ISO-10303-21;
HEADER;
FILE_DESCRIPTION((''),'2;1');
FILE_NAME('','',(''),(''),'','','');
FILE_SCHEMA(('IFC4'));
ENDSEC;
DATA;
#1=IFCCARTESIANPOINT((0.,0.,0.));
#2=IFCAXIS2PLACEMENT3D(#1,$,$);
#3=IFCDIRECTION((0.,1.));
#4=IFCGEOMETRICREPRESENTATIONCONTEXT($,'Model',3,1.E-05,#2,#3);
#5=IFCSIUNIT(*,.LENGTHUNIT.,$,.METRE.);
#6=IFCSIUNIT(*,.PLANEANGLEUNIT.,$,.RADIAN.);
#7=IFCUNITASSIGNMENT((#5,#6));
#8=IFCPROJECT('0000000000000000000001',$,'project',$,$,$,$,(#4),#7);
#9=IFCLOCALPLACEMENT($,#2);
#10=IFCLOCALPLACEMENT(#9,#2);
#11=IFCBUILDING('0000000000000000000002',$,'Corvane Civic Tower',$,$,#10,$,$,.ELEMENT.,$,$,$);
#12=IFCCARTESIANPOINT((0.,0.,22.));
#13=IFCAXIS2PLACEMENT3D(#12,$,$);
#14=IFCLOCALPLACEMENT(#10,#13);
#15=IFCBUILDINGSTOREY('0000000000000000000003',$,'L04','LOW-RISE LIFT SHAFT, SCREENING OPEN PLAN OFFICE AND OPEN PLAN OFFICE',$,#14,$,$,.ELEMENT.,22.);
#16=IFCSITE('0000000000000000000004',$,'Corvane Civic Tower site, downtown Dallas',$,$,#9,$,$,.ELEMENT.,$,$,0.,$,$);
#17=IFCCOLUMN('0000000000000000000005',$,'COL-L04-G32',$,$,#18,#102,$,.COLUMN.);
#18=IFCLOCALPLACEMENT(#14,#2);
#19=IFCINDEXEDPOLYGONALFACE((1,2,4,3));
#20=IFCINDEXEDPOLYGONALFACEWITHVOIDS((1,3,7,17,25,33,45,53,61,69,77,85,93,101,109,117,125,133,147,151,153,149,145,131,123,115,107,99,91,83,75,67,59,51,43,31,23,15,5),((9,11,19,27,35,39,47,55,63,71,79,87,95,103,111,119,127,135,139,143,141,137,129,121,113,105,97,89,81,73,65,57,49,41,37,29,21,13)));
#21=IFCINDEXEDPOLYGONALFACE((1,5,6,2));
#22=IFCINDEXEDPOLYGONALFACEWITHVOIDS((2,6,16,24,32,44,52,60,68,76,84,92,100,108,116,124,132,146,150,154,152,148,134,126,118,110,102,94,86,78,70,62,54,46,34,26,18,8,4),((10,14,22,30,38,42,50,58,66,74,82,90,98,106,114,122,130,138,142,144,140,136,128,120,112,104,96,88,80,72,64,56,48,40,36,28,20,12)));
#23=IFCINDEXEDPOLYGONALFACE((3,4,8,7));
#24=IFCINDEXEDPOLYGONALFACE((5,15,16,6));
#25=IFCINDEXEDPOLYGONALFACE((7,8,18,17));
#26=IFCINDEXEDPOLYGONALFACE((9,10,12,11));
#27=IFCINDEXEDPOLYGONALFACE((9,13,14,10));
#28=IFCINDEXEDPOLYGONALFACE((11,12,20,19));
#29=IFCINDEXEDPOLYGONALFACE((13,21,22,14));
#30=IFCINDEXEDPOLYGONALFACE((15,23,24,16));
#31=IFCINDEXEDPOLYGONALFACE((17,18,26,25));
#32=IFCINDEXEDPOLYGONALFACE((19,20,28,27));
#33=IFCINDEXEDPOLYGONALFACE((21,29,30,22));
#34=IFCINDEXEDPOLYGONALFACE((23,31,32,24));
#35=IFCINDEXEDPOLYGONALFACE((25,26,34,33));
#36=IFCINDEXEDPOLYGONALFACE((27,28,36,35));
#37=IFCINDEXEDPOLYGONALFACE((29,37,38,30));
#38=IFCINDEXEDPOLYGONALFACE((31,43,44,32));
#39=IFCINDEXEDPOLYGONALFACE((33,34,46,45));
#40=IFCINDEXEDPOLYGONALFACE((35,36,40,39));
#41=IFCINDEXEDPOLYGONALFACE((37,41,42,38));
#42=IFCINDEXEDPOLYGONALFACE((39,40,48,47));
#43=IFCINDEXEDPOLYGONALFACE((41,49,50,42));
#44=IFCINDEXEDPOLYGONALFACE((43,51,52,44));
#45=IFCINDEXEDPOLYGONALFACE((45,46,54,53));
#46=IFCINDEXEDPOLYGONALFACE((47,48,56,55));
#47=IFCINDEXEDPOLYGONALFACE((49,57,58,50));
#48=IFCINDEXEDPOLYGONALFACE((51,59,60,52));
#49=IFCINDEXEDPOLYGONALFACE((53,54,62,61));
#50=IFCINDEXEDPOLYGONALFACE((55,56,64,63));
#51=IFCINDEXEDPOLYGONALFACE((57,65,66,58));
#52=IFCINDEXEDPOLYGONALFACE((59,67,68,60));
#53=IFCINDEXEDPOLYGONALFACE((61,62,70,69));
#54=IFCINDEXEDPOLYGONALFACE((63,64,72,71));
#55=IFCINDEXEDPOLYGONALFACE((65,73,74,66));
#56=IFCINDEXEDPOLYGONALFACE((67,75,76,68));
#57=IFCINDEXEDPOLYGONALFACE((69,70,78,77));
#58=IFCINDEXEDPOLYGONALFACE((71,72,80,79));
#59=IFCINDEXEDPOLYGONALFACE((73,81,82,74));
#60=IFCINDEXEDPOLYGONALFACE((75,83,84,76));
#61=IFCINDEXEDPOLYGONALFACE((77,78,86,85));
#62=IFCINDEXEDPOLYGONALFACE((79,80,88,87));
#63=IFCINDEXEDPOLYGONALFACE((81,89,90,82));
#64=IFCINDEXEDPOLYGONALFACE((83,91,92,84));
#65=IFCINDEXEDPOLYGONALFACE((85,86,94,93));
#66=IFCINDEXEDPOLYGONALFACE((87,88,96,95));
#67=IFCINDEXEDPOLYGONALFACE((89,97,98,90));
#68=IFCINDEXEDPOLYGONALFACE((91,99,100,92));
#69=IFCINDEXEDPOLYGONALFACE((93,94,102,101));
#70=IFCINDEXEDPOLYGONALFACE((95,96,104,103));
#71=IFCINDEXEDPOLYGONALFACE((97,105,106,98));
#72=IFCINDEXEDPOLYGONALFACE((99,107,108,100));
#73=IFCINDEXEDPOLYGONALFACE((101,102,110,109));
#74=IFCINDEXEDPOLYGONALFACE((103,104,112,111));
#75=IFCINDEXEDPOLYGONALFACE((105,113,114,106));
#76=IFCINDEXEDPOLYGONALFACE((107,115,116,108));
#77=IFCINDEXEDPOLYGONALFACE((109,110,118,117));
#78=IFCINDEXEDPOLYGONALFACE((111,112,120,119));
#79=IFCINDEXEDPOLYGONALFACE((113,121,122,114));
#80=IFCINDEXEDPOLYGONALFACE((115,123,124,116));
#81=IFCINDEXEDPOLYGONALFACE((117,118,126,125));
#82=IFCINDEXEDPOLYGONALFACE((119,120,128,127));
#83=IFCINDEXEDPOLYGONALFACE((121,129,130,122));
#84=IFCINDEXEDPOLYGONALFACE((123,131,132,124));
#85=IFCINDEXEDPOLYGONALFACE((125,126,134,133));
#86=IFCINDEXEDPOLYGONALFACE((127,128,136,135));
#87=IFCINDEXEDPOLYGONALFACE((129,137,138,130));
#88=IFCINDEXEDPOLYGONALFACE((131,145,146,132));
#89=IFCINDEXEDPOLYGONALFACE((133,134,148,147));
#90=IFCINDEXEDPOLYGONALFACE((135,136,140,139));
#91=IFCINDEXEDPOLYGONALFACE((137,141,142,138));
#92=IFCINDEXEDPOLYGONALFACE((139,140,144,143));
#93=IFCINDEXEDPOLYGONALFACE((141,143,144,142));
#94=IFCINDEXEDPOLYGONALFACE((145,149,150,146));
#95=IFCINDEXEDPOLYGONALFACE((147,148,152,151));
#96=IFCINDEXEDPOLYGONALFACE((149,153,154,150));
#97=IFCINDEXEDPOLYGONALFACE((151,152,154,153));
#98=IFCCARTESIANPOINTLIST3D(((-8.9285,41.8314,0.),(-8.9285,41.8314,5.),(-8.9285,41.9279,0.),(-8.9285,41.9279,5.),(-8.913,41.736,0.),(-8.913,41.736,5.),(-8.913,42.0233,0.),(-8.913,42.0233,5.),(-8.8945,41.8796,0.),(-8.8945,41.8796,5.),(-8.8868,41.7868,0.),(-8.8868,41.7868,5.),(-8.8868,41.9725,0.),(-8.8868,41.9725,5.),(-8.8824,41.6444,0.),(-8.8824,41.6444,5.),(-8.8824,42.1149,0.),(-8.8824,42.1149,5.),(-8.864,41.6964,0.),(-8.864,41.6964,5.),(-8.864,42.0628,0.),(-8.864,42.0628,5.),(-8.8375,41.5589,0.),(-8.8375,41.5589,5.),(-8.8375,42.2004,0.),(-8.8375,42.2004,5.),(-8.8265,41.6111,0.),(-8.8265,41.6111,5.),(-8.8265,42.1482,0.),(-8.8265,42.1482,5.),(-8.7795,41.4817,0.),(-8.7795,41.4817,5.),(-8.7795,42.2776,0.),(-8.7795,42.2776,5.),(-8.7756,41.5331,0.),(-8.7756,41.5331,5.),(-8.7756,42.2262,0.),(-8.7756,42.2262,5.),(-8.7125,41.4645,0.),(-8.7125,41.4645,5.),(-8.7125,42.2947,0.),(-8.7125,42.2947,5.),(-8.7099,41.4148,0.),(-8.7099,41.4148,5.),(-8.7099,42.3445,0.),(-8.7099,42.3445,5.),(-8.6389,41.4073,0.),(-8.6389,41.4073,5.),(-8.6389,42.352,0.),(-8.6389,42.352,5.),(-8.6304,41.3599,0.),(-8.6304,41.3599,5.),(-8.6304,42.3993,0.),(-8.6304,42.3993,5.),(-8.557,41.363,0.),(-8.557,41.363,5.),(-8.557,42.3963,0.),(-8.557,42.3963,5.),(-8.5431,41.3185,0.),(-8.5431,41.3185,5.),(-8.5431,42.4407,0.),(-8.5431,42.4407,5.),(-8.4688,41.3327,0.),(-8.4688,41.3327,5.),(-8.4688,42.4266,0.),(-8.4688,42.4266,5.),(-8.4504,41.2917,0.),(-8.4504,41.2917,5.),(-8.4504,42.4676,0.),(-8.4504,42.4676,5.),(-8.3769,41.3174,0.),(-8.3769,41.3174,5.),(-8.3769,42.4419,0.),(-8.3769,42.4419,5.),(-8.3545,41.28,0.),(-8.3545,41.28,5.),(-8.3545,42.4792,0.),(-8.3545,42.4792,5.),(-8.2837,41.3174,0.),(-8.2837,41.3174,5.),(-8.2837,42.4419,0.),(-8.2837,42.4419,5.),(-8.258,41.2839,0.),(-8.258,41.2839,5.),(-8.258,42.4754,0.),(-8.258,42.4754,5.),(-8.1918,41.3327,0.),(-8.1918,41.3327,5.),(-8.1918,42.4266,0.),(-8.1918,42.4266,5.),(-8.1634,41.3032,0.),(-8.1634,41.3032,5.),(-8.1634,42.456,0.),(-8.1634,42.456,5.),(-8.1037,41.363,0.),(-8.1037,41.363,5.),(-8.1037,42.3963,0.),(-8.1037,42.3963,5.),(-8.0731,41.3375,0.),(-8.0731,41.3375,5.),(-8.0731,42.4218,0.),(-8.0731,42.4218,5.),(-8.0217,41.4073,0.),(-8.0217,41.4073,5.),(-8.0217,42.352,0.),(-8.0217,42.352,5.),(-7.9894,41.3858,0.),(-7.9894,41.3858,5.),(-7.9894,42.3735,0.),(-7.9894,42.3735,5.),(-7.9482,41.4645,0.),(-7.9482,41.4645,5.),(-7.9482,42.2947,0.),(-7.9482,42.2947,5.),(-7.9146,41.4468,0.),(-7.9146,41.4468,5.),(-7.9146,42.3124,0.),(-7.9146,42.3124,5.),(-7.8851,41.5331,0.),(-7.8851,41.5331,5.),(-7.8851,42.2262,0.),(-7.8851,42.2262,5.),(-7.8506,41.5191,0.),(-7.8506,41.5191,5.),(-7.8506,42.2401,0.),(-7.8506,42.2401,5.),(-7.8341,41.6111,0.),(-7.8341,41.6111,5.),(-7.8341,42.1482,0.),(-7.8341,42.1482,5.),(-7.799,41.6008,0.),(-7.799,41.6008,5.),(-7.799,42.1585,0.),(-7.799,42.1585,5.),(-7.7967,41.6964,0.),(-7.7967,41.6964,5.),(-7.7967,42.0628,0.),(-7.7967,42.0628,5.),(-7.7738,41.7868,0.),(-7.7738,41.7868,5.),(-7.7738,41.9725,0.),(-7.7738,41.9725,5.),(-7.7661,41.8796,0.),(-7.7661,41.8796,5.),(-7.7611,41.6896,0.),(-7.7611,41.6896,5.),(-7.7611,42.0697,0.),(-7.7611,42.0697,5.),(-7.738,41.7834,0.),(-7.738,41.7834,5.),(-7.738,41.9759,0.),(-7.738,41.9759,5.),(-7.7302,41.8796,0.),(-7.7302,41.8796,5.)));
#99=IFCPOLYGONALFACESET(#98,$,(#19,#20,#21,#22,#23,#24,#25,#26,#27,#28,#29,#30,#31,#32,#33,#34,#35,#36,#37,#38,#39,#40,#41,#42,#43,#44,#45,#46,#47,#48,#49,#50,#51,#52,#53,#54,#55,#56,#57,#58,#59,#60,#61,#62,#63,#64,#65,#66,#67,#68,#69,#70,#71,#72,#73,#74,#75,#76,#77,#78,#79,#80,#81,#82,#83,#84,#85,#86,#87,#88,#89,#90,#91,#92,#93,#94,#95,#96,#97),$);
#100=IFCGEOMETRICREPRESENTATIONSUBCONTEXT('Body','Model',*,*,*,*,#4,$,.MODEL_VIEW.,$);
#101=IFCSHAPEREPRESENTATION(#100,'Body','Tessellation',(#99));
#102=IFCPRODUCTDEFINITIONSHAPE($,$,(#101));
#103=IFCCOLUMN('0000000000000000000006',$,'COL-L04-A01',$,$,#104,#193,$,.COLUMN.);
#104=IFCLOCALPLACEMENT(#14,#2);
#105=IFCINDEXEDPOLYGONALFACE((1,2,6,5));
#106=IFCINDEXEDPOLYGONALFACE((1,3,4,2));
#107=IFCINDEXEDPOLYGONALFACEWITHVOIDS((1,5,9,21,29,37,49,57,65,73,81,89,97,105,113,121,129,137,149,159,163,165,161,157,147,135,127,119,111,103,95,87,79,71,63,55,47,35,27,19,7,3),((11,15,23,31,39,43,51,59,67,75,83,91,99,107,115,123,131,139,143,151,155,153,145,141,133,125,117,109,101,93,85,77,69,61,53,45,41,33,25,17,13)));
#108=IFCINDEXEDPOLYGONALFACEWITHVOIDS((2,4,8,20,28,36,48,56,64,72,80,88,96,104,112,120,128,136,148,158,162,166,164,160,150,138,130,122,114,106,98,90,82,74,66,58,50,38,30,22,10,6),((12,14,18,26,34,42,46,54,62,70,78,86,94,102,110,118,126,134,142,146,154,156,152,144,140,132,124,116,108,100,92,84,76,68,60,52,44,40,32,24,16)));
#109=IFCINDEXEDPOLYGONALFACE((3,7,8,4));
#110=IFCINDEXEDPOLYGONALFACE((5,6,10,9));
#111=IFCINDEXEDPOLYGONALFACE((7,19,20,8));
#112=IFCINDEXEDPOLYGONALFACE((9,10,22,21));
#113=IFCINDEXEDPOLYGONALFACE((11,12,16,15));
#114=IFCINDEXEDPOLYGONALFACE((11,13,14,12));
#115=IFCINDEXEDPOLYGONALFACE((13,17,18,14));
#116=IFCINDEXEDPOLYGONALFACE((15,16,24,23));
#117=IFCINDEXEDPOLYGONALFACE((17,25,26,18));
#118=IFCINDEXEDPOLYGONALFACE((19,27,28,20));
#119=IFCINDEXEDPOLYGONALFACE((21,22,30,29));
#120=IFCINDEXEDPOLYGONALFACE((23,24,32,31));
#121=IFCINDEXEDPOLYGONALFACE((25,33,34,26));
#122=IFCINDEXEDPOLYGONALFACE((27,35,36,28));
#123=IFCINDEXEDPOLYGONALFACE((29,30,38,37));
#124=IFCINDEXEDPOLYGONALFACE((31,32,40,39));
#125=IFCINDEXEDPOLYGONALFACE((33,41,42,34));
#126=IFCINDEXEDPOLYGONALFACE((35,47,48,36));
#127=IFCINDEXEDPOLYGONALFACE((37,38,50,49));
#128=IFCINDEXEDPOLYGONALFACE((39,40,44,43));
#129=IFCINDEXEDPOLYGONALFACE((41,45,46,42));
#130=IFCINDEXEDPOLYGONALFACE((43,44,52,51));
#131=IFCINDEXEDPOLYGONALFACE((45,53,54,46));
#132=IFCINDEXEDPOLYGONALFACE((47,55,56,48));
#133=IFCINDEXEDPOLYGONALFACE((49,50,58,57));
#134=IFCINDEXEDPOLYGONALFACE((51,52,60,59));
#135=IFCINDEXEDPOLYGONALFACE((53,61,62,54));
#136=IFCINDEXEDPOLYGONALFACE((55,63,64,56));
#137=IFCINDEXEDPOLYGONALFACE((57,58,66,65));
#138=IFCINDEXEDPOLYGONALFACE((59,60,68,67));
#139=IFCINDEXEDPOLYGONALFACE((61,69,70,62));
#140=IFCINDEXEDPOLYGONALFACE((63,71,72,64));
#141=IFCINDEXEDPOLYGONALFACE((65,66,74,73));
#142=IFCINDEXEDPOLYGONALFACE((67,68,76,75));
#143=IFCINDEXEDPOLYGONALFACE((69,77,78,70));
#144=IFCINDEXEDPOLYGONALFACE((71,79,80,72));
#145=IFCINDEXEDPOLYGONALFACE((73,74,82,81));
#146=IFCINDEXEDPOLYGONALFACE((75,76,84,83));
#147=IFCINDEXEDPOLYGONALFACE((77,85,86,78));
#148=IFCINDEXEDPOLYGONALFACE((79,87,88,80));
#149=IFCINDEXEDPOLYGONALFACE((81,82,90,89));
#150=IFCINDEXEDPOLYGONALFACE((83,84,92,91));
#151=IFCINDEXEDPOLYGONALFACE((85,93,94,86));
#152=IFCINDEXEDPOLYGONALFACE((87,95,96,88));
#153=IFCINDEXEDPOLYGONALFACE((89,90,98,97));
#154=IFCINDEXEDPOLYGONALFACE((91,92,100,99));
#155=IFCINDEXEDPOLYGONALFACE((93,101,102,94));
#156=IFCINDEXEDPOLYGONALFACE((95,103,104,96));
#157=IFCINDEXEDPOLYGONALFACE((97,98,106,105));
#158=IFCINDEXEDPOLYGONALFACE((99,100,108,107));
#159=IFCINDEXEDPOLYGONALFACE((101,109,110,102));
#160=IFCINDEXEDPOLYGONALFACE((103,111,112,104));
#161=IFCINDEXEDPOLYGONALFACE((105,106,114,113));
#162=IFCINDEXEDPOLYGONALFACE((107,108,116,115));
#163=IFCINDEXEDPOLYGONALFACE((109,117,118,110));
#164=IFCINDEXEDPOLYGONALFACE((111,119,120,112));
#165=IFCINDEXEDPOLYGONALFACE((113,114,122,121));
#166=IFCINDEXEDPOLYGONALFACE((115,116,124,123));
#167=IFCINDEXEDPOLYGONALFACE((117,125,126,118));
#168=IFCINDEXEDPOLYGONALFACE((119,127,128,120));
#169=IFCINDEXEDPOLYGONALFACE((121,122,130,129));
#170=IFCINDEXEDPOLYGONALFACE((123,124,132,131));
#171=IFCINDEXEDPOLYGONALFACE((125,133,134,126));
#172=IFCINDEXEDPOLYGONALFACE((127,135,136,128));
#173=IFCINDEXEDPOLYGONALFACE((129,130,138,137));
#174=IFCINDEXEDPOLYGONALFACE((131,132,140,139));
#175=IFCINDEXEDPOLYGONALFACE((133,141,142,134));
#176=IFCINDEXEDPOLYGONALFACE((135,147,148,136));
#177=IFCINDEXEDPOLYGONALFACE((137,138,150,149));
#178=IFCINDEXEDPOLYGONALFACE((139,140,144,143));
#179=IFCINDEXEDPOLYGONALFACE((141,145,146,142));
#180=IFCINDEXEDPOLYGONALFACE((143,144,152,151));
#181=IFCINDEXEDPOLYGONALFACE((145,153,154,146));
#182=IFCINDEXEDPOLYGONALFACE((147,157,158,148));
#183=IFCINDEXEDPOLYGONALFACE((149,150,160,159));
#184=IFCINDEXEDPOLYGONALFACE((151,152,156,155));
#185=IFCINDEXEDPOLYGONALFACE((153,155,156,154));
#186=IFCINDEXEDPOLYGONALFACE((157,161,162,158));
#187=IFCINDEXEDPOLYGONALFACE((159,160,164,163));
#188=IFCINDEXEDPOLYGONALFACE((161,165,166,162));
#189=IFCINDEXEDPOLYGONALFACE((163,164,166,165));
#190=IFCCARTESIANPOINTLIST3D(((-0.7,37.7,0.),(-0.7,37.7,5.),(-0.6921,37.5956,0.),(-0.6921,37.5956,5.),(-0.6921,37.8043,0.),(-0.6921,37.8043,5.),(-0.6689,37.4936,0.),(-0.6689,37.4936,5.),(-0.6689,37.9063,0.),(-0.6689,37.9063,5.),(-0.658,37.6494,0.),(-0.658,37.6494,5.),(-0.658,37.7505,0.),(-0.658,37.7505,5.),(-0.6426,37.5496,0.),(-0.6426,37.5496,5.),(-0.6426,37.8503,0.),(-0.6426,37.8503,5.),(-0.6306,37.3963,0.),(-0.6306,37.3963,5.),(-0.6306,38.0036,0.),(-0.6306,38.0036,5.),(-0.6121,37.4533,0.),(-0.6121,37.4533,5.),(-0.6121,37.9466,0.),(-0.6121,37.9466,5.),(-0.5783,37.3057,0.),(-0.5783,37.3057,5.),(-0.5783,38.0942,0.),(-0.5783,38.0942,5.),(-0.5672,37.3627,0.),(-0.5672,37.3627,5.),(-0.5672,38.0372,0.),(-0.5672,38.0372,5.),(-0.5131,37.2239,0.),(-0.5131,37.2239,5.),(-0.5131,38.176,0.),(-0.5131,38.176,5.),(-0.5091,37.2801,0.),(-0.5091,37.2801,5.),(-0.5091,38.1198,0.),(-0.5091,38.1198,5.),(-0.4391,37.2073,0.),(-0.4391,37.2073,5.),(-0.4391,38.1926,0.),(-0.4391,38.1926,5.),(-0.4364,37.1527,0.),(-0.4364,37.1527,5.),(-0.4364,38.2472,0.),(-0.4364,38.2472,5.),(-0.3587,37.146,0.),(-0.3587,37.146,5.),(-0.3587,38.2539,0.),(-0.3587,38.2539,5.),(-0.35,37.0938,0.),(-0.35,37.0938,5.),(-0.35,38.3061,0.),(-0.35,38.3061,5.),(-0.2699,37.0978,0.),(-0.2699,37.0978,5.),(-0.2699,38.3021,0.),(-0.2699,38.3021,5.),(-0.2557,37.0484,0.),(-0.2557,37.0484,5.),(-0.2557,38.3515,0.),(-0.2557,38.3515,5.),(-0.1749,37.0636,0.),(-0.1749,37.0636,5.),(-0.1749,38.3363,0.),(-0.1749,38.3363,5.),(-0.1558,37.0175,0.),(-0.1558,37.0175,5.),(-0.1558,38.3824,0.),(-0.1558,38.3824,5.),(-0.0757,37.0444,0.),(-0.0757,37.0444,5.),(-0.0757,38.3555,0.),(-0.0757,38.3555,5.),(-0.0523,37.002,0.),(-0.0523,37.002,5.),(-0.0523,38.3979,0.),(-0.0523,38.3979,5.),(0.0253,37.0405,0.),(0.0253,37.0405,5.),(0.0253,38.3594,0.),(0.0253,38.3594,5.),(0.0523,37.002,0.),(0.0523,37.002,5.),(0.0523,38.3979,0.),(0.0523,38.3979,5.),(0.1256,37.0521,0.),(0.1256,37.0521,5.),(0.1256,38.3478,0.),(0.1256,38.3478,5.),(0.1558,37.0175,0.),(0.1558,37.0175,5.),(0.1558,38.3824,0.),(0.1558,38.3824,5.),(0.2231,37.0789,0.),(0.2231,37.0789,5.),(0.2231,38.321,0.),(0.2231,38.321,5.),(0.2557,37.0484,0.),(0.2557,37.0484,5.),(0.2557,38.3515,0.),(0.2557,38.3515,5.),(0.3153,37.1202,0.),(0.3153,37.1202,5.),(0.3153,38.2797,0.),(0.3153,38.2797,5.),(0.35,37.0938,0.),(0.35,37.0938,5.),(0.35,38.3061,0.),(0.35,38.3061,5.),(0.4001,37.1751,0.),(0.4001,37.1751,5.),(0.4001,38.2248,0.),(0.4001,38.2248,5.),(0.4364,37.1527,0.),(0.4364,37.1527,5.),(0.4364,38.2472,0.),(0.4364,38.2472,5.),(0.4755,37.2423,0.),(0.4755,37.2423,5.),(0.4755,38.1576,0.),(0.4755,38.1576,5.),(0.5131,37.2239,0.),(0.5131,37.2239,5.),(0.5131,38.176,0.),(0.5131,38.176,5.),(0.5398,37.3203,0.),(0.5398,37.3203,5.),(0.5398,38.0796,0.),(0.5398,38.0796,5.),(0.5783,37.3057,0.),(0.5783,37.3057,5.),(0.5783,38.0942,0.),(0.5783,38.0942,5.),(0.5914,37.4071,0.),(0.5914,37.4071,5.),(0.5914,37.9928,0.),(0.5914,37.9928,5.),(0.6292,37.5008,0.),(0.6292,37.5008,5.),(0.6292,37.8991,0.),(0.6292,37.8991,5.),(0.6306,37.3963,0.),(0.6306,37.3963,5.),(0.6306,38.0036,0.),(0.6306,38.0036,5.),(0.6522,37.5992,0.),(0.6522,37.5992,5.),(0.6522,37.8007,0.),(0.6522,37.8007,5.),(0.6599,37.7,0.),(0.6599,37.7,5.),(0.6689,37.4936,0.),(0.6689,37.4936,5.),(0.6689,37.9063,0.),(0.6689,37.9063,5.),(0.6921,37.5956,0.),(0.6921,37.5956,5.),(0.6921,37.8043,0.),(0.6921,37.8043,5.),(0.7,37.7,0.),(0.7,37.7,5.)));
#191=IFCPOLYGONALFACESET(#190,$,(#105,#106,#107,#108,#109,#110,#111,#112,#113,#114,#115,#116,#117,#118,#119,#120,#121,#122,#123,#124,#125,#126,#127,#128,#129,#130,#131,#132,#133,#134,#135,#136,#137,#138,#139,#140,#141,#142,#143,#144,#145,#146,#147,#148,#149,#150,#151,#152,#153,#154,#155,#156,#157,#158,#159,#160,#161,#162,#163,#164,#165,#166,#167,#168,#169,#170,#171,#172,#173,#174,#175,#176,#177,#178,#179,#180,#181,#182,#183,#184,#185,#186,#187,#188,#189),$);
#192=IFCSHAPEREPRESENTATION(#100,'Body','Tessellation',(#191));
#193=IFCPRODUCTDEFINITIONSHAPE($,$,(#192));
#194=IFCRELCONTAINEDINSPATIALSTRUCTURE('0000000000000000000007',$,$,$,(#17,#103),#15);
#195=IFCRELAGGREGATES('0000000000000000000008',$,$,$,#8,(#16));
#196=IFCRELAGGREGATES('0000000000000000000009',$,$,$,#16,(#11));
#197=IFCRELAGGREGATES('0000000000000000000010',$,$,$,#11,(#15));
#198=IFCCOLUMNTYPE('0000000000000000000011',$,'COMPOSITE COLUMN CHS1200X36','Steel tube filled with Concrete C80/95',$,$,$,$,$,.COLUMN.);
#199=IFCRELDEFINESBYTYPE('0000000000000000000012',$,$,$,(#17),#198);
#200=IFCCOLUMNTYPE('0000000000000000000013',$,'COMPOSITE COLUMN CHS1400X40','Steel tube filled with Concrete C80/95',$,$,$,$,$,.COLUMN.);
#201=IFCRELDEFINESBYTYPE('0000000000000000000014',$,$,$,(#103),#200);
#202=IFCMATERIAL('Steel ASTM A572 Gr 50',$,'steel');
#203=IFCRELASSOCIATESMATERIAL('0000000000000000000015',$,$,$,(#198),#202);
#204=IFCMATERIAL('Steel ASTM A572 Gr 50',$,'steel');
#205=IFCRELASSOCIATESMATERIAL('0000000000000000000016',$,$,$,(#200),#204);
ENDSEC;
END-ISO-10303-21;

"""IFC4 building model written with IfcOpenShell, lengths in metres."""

from ifc_helpers import new_model, si_unit, direction, frame, origin, origin_2d, place, context, subcontext, project, spatial, hollow_circle, extrude, material, material_profile, profile_set, type_object, element, save


model = new_model("IFC4")

# Units and contexts
model_context = context("Model", 3, precision=1e-05, world=origin(), true_north=direction((0.0, 1.0)))
body_context = subcontext(model_context, "Body", "Model", "MODEL_VIEW")
ifc_project = project(units=[si_unit("LENGTHUNIT", "METRE"), si_unit("PLANEANGLEUNIT", "RADIAN")], contexts=[model_context])

# Site, building, storey
site_placement = place(None, origin())
site = spatial("IfcSite", under=ifc_project, at=site_placement, Name="Corvane Civic Tower site, downtown Dallas", CompositionType="ELEMENT", RefElevation=0.0)
building_placement = place(site_placement, origin())
building = spatial("IfcBuilding", under=site, at=building_placement, Name="Corvane Civic Tower", CompositionType="ELEMENT")
storey_placement = place(building_placement, frame((0.0, 0.0, 22.0)))
storey = spatial("IfcBuildingStorey", under=building, at=storey_placement, Name="L04", Description="LOW-RISE LIFT SHAFT, SCREENING OPEN PLAN OFFICE AND OPEN PLAN OFFICE", CompositionType="ELEMENT", Elevation=22.0)

# Columns
ifc_material_1 = material(Name="Steel ASTM A572 Gr 50", Category="steel")
ifc_material_profile_1 = material_profile(ifc_material_1, hollow_circle(Radius=0.6001, WallThickness=0.0359, at=origin_2d()), Name="CHS1200X36")
ifc_profile_set_1 = profile_set([ifc_material_profile_1], Name="Steel ASTM A572 Gr 50")
column_type_1 = type_object("IfcColumnType", Name="COMPOSITE COLUMN CHS1200X36", Description="Steel tube filled with Concrete C80/95", PredefinedType="COLUMN", material=ifc_profile_set_1)
for number, where, z_axis, x_axis, name in (
    (1, (-8.3303, 41.8796, 0.0), (0.0, 0.0, 1.0), (1.0, 0.0, 0.0), "COL-L04-G32"),
):
    element("IfcColumn", number, at=place(storey_placement, frame(where, z_axis=z_axis, x_axis=x_axis)), inside=storey, type_object=column_type_1, Name=name, PredefinedType="COLUMN", context=body_context, shape_type="SweptSolid", body=[
        extrude(hollow_circle(Radius=0.6001, WallThickness=0.0359, at=origin_2d()), origin(), (0.0, 0.0, 1.0), 5.0),
    ])
ifc_material_2 = material(Name="Steel ASTM A572 Gr 50", Category="steel")
ifc_material_profile_2 = material_profile(ifc_material_2, hollow_circle(Radius=0.7, WallThickness=0.04, at=origin_2d()), Name="CHS1400X40")
ifc_profile_set_2 = profile_set([ifc_material_profile_2], Name="Steel ASTM A572 Gr 50")
column_type_2 = type_object("IfcColumnType", Name="COMPOSITE COLUMN CHS1400X40", Description="Steel tube filled with Concrete C80/95", PredefinedType="COLUMN", material=ifc_profile_set_2)
for number, where, z_axis, x_axis, name in (
    (2, (0.0, 37.7, 0.0), (0.0, 0.0, 1.0), (1.0, 0.0, 0.0), "COL-L04-A01"),
):
    element("IfcColumn", number, at=place(storey_placement, frame(where, z_axis=z_axis, x_axis=x_axis)), inside=storey, type_object=column_type_2, Name=name, PredefinedType="COLUMN", context=body_context, shape_type="SweptSolid", body=[
        extrude(hollow_circle(Radius=0.7, WallThickness=0.04, at=origin_2d()), origin(), (0.0, 0.0, 1.0), 5.0),
    ])

save(model, "model.ifc")
